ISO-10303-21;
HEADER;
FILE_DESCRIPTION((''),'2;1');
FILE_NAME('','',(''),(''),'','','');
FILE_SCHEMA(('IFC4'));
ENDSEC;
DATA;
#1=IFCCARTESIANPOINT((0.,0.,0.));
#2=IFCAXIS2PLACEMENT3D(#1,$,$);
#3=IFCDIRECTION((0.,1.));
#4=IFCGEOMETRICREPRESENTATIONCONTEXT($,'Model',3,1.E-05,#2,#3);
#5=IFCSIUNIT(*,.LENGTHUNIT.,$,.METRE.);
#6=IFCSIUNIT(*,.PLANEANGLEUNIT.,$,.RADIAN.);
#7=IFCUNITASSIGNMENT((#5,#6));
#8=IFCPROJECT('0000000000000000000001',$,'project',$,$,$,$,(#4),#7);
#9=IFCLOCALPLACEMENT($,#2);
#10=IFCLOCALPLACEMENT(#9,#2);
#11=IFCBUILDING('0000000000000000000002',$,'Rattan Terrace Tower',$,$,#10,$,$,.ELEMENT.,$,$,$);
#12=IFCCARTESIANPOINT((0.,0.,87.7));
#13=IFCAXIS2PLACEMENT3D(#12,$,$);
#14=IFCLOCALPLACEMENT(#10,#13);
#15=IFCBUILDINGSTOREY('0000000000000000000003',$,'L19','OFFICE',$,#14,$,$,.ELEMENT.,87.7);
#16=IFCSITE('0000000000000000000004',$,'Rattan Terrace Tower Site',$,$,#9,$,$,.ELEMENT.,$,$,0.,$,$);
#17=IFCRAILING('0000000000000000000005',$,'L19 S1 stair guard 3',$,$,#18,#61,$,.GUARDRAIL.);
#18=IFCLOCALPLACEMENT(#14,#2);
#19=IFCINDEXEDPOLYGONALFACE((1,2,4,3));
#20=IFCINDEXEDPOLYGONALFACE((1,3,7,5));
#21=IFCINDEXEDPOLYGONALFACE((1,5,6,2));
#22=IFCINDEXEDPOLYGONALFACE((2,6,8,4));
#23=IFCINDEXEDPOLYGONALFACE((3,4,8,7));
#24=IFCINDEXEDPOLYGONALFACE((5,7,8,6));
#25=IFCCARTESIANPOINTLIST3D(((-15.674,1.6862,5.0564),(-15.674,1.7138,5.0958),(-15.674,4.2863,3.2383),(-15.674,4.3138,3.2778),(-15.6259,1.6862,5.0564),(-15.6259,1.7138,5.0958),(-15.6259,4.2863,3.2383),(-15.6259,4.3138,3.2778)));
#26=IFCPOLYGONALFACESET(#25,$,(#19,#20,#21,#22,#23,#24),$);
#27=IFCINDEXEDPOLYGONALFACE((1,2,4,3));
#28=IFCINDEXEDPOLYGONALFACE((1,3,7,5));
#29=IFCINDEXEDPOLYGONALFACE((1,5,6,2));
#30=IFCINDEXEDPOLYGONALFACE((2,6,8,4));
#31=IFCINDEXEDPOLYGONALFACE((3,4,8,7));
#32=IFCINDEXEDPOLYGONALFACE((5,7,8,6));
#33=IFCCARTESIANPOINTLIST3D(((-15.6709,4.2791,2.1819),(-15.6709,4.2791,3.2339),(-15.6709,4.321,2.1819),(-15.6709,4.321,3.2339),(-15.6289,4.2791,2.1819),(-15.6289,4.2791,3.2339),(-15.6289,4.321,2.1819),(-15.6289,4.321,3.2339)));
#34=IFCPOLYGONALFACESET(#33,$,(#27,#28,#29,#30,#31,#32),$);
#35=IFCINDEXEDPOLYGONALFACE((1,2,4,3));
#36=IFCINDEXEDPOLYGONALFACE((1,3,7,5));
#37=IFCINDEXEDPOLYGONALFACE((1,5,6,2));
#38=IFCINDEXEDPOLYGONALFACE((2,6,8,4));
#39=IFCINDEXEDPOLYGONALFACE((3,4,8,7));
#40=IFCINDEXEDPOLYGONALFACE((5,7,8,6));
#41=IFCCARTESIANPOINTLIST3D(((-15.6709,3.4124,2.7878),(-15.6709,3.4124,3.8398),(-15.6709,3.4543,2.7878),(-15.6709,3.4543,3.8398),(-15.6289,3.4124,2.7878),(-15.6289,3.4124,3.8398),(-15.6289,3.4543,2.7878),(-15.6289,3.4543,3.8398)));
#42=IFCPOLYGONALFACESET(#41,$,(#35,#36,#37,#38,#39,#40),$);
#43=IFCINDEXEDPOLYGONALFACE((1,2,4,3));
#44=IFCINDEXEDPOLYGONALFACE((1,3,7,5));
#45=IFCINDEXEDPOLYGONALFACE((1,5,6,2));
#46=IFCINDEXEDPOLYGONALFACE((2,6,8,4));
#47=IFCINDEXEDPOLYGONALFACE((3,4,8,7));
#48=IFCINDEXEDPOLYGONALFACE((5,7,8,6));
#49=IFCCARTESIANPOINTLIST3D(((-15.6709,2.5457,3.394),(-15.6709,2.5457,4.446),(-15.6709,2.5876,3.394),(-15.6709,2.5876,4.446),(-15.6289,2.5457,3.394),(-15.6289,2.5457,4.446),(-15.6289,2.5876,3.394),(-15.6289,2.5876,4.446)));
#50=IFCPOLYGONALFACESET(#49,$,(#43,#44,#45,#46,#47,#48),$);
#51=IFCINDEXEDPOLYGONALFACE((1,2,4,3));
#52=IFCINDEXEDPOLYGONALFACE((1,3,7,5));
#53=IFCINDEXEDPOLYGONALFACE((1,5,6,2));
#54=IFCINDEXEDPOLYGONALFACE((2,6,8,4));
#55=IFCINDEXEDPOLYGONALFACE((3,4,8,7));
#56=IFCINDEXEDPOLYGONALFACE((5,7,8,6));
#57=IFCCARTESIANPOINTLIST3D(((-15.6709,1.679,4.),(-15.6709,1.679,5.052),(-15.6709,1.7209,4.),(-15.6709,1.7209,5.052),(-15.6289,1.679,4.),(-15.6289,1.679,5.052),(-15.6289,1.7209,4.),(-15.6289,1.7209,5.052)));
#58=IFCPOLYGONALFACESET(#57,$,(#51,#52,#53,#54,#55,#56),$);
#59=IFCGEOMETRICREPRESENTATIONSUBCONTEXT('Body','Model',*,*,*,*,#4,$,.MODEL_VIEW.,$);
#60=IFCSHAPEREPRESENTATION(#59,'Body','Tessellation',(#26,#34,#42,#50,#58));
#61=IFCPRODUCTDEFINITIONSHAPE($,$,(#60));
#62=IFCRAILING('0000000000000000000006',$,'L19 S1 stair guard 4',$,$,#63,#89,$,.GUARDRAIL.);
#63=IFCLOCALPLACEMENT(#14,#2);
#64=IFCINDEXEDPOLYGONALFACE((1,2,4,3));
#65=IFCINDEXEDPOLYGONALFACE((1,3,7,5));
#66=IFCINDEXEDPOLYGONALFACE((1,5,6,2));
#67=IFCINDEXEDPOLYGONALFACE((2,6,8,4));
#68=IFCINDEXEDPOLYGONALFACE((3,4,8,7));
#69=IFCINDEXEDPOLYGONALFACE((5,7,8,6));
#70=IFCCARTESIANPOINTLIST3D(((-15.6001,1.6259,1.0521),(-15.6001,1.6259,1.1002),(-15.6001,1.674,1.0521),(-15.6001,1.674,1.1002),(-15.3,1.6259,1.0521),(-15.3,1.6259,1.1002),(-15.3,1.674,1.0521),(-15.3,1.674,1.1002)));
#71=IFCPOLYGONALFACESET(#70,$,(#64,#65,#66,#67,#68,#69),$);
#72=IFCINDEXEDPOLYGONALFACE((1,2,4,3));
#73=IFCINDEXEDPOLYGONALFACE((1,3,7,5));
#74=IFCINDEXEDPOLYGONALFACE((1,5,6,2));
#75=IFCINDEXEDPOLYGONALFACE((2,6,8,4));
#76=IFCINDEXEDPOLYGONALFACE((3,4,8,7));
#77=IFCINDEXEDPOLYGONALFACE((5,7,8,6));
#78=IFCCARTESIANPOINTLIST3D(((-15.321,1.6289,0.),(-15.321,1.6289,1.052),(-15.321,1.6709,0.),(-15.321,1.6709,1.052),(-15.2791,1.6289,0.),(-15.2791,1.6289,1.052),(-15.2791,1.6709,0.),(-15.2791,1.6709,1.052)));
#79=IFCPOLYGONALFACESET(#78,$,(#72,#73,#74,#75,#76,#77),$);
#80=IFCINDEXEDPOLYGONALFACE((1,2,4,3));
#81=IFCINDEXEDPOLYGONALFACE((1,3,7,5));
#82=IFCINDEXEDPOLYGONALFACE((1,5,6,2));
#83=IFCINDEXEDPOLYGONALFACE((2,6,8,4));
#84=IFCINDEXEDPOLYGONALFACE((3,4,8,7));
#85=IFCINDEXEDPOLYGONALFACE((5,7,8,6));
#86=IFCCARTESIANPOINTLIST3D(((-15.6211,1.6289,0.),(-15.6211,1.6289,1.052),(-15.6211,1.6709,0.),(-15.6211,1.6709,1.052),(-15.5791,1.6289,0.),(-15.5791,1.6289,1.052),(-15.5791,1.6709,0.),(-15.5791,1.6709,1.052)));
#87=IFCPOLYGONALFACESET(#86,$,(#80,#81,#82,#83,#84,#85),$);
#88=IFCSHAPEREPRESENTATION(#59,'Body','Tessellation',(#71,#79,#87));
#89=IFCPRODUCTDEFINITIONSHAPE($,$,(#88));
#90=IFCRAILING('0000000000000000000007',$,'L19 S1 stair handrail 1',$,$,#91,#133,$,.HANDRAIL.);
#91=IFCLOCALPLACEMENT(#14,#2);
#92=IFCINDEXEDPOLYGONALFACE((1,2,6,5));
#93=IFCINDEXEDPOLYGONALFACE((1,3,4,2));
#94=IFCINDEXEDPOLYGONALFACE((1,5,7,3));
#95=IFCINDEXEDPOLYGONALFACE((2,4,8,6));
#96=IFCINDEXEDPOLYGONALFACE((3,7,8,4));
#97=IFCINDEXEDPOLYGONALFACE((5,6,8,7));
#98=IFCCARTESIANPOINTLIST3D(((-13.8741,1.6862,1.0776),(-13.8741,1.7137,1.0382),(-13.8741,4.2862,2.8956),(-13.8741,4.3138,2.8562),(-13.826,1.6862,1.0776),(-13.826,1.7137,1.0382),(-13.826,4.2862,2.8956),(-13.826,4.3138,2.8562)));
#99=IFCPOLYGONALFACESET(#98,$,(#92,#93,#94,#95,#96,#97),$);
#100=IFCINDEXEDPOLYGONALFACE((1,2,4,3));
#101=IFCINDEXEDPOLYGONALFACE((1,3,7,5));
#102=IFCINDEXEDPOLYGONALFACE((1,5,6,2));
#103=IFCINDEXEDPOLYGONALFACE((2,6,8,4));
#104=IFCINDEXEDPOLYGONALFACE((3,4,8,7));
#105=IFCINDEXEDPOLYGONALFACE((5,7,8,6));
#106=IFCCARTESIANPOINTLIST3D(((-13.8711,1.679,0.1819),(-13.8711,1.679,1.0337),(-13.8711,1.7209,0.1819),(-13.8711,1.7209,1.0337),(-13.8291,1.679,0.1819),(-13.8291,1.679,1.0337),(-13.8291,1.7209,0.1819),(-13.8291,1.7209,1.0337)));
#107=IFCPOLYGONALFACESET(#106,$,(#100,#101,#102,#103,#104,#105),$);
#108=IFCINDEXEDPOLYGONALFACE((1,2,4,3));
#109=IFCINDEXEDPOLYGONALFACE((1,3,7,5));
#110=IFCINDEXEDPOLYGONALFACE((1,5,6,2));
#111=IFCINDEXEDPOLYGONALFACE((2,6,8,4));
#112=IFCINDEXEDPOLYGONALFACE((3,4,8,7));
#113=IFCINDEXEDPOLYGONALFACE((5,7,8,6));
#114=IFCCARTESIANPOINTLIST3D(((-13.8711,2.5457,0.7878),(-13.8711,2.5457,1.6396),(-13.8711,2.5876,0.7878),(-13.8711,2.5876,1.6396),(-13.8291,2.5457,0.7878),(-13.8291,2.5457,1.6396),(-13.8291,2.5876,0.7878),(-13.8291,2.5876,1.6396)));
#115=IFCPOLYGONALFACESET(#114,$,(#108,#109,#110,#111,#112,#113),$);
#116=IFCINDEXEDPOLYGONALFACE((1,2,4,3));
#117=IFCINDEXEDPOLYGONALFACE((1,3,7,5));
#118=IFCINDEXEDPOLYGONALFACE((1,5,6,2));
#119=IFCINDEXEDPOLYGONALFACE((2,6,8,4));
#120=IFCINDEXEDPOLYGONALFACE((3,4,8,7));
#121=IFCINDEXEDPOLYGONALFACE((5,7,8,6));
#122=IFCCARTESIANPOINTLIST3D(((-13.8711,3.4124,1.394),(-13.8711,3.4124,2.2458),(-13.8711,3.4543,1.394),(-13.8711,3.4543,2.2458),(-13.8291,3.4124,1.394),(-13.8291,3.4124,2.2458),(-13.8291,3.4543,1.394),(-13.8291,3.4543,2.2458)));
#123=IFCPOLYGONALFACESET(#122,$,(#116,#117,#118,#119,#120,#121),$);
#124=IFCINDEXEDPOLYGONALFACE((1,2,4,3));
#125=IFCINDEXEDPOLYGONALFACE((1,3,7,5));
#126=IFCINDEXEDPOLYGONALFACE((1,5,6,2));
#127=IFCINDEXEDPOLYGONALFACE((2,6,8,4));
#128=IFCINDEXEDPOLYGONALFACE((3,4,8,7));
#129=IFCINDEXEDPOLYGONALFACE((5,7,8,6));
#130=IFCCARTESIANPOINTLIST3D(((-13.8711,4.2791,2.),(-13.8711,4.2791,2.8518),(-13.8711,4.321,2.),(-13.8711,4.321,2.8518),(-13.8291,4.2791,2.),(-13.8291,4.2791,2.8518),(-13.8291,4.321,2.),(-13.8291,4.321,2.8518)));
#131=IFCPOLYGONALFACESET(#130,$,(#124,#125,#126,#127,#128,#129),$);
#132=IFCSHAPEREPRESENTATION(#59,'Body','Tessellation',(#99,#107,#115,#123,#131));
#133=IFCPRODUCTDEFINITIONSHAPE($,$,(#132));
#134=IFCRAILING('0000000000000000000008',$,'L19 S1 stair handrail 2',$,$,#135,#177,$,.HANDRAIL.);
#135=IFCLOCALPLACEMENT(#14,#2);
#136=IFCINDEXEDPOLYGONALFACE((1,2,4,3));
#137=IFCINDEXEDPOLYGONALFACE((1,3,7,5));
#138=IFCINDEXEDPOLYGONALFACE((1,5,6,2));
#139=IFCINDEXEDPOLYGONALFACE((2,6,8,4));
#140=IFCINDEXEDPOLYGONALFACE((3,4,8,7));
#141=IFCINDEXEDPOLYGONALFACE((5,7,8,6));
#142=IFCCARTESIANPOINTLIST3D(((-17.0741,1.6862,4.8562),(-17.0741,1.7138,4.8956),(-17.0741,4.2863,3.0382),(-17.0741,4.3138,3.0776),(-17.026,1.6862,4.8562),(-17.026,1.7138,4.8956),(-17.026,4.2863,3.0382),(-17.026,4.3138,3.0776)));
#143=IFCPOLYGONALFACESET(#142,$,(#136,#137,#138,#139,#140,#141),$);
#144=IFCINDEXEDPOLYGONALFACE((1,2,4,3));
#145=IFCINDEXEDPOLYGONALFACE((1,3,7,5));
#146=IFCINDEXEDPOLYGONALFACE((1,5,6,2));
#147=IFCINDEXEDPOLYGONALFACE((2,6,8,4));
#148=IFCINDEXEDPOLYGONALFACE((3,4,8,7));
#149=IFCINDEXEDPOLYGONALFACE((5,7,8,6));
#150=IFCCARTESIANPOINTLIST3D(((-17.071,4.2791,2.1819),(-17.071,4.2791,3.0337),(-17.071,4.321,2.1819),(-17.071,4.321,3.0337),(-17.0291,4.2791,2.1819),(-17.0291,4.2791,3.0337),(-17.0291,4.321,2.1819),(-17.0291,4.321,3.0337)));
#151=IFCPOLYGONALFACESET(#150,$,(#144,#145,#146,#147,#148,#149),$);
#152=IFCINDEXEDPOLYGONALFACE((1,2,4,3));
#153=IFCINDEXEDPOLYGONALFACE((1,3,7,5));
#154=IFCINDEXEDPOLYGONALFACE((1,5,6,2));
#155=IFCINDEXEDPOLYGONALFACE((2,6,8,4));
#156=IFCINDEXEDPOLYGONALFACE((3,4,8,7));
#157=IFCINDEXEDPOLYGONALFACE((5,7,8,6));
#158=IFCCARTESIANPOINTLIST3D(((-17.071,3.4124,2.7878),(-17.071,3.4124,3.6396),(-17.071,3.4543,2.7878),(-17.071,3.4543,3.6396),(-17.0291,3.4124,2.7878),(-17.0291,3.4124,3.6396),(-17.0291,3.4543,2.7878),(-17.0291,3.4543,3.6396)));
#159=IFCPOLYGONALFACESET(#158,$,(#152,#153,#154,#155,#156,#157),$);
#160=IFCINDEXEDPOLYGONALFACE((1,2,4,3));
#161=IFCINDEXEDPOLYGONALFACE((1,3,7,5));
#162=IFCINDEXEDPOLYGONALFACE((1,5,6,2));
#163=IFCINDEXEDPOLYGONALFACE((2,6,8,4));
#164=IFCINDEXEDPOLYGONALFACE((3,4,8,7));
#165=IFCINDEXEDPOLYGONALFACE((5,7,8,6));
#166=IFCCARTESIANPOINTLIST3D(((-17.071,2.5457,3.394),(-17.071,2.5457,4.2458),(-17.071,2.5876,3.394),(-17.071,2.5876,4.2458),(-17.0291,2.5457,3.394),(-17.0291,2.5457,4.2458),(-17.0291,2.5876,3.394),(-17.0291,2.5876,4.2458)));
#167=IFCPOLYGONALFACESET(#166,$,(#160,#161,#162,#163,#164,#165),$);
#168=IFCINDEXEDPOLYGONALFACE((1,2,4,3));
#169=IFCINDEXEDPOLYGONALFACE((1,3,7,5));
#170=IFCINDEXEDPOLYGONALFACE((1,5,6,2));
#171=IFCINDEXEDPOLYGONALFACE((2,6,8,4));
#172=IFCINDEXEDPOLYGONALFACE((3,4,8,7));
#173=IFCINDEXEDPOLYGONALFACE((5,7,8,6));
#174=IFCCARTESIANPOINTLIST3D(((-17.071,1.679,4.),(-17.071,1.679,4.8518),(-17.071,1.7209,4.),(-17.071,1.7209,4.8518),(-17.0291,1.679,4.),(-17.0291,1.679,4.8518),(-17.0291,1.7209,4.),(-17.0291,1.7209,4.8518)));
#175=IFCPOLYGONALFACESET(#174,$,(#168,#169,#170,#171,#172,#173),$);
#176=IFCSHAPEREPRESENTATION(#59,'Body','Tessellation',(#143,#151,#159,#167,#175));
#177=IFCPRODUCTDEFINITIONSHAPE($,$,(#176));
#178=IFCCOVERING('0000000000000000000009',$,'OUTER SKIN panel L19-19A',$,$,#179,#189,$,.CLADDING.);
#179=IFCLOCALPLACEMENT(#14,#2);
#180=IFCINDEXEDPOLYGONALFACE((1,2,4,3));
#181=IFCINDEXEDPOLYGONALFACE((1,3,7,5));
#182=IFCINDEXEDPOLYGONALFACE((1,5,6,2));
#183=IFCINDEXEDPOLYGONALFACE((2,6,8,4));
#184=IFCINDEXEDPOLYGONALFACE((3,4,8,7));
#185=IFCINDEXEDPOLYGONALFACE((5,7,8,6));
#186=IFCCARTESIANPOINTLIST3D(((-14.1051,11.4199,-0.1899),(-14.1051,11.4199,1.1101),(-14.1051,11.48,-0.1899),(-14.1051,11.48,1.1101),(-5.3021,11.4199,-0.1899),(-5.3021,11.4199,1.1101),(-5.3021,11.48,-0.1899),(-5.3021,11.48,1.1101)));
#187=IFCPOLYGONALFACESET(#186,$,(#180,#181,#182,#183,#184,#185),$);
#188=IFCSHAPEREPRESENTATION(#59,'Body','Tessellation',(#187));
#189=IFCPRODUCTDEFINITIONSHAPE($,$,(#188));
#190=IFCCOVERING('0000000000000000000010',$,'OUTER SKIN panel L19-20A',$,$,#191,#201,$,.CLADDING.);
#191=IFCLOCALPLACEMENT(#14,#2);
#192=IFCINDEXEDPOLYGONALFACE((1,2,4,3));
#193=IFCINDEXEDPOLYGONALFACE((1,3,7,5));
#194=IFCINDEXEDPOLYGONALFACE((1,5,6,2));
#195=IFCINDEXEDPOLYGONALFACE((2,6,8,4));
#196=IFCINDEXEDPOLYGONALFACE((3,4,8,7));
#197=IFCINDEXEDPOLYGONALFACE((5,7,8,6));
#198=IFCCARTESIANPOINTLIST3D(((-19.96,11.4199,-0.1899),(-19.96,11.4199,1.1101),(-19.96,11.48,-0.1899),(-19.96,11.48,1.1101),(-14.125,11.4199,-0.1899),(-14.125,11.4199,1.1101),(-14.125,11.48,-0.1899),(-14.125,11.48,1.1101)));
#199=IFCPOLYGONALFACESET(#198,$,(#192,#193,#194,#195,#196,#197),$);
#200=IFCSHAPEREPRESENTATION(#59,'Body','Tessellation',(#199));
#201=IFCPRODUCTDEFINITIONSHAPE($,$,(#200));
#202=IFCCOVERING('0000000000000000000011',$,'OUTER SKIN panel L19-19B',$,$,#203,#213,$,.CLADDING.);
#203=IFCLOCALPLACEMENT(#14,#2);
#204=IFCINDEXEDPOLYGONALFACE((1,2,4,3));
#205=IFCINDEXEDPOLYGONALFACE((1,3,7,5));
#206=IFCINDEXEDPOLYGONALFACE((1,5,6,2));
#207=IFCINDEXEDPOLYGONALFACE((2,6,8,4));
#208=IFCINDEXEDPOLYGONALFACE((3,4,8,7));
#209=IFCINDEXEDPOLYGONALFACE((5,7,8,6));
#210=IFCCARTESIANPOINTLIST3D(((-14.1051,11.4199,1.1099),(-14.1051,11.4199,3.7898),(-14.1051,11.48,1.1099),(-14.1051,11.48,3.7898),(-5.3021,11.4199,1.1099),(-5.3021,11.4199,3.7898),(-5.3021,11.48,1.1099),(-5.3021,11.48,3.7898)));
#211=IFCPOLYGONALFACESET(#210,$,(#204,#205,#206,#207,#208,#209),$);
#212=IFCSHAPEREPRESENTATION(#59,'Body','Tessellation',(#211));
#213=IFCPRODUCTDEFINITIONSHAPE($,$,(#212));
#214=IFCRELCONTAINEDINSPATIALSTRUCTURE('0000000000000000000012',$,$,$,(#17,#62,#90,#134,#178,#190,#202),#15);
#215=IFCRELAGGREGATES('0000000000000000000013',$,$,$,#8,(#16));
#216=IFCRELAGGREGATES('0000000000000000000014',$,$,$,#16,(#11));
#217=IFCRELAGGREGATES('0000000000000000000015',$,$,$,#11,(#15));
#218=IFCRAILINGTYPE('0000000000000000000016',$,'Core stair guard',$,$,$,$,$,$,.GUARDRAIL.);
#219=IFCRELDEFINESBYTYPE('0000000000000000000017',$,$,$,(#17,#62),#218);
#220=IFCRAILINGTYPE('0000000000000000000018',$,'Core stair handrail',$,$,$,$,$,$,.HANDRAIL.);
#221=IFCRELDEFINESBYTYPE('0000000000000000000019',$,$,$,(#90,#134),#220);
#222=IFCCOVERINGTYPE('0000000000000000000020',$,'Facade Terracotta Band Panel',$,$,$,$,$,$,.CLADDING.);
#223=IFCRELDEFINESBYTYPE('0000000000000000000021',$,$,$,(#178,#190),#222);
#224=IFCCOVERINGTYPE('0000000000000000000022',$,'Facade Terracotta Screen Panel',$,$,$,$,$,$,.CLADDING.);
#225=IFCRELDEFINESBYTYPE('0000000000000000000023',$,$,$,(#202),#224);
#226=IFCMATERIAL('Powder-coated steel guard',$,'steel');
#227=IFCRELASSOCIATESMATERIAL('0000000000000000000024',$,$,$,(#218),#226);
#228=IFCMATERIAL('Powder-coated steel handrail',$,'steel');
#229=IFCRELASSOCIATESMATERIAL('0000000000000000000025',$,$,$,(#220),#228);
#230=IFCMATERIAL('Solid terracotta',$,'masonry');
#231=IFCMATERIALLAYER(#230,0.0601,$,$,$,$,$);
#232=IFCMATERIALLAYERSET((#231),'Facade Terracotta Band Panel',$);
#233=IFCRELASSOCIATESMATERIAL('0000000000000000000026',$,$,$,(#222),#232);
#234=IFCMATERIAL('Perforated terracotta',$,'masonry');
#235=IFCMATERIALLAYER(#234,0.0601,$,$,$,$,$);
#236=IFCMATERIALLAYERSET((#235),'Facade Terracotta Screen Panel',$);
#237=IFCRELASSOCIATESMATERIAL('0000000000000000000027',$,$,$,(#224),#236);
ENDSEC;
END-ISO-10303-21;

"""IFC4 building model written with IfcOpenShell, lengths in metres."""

from ifc_helpers import new_model, si_unit, direction, frame, origin, origin_2d, place, context, subcontext, project, spatial, rectangle, extrude, material, layer, layer_set, type_object, element, save


model = new_model("IFC4")

# Units and contexts
model_context = context("Model", 3, precision=1e-05, world=origin(), true_north=direction((0.0, 1.0)))
body_context = subcontext(model_context, "Body", "Model", "MODEL_VIEW")
ifc_project = project(units=[si_unit("LENGTHUNIT", "METRE"), si_unit("PLANEANGLEUNIT", "RADIAN")], contexts=[model_context])

# Site, building, storey
site_placement = place(None, origin())
site = spatial("IfcSite", under=ifc_project, at=site_placement, Name="Rattan Terrace Tower Site", CompositionType="ELEMENT", RefElevation=0.0)
building_placement = place(site_placement, origin())
building = spatial("IfcBuilding", under=site, at=building_placement, Name="Rattan Terrace Tower", CompositionType="ELEMENT")
storey_placement = place(building_placement, frame((0.0, 0.0, 87.7)))
storey = spatial("IfcBuildingStorey", under=building, at=storey_placement, Name="L19", Description="OFFICE", CompositionType="ELEMENT", Elevation=87.7)

# Railings
ifc_material_1 = material(Name="Powder-coated steel guard", Category="steel")
railing_type_1 = type_object("IfcRailingType", Name="Core stair guard", PredefinedType="GUARDRAIL", material=ifc_material_1)
railing_1_placement = place(storey_placement, frame((-15.6499, 4.3, 2.1819)))
element("IfcRailing", 1, at=railing_1_placement, inside=storey, type_object=railing_type_1, Name="L19 S1 stair guard 3", PredefinedType="GUARDRAIL", context=body_context, shape_type="SweptSolid", body=[
    extrude(rectangle(XDim=0.0481, YDim=0.0481, at=origin_2d()), frame((0.0, 0.0, 1.0762), z_axis=(0.0, -0.819521, 0.573049), x_axis=(1.0, 0.0, 0.0)), (0.0, 0.0, 1.0), 3.1726),
    extrude(rectangle(XDim=0.042, YDim=0.042, at=origin_2d()), origin(), (0.0, 0.0, 1.0), 1.052),
    extrude(rectangle(XDim=0.042, YDim=0.042, at=origin_2d()), frame((0.0, -0.8667, 0.606)), (0.0, 0.0, 1.0), 1.052),
    extrude(rectangle(XDim=0.042, YDim=0.042, at=origin_2d()), frame((0.0, -1.7334, 1.2122)), (0.0, 0.0, 1.0), 1.052),
    extrude(rectangle(XDim=0.042, YDim=0.042, at=origin_2d()), frame((0.0, -2.6001, 1.8181)), (0.0, 0.0, 1.0), 1.052),
])
railing_2_placement = place(storey_placement, frame((-15.3, 1.6499, 0.0)))
element("IfcRailing", 2, at=railing_2_placement, inside=storey, type_object=railing_type_1, Name="L19 S1 stair guard 4", PredefinedType="GUARDRAIL", context=body_context, shape_type="SweptSolid", body=[
    extrude(rectangle(XDim=0.0481, YDim=0.0481, at=origin_2d()), frame((0.0, 0.0, 1.0762), z_axis=(-1.0, 0.0, 0.0), x_axis=(0.0, -1.0, 0.0)), (0.0, 0.0, 1.0), 0.3),
    extrude(rectangle(XDim=0.042, YDim=0.042, at=origin_2d()), origin(), (0.0, 0.0, 1.0), 1.052),
    extrude(rectangle(XDim=0.042, YDim=0.042, at=origin_2d()), frame((-0.3, 0.0, 0.0)), (0.0, 0.0, 1.0), 1.052),
])
ifc_material_2 = material(Name="Powder-coated steel handrail", Category="steel")
railing_type_2 = type_object("IfcRailingType", Name="Core stair handrail", PredefinedType="HANDRAIL", material=ifc_material_2)
railing_3_placement = place(storey_placement, frame((-13.8501, 1.7, 0.1819)))
element("IfcRailing", 3, at=railing_3_placement, inside=storey, type_object=railing_type_2, Name="L19 S1 stair handrail 1", PredefinedType="HANDRAIL", context=body_context, shape_type="SweptSolid", body=[
    extrude(rectangle(XDim=0.0481, YDim=0.0481, at=origin_2d()), frame((0.0, 0.0, 0.876), z_axis=(0.0, 0.819521, 0.573049), x_axis=(-1.0, 0.0, 0.0)), (0.0, 0.0, 1.0), 3.1726),
    extrude(rectangle(XDim=0.042, YDim=0.042, at=origin_2d()), origin(), (0.0, 0.0, 1.0), 0.8518),
    extrude(rectangle(XDim=0.042, YDim=0.042, at=origin_2d()), frame((0.0, 0.8667, 0.606)), (0.0, 0.0, 1.0), 0.8518),
    extrude(rectangle(XDim=0.042, YDim=0.042, at=origin_2d()), frame((0.0, 1.7334, 1.2122)), (0.0, 0.0, 1.0), 0.8518),
    extrude(rectangle(XDim=0.042, YDim=0.042, at=origin_2d()), frame((0.0, 2.6001, 1.8181)), (0.0, 0.0, 1.0), 0.8518),
])
railing_4_placement = place(storey_placement, frame((-17.05, 4.3, 2.1819)))
element("IfcRailing", 4, at=railing_4_placement, inside=storey, type_object=railing_type_2, Name="L19 S1 stair handrail 2", PredefinedType="HANDRAIL", context=body_context, shape_type="SweptSolid", body=[
    extrude(rectangle(XDim=0.0481, YDim=0.0481, at=origin_2d()), frame((0.0, 0.0, 0.876), z_axis=(0.0, -0.819521, 0.573049), x_axis=(1.0, 0.0, 0.0)), (0.0, 0.0, 1.0), 3.1726),
    extrude(rectangle(XDim=0.042, YDim=0.042, at=origin_2d()), origin(), (0.0, 0.0, 1.0), 0.8518),
    extrude(rectangle(XDim=0.042, YDim=0.042, at=origin_2d()), frame((0.0, -0.8667, 0.606)), (0.0, 0.0, 1.0), 0.8518),
    extrude(rectangle(XDim=0.042, YDim=0.042, at=origin_2d()), frame((0.0, -1.7334, 1.2122)), (0.0, 0.0, 1.0), 0.8518),
    extrude(rectangle(XDim=0.042, YDim=0.042, at=origin_2d()), frame((0.0, -2.6001, 1.8181)), (0.0, 0.0, 1.0), 0.8518),
])

# Coverings
ifc_material_3 = material(Name="Solid terracotta", Category="masonry")
ifc_layer_1 = layer(ifc_material_3, 0.0601)
ifc_layer_set_1 = layer_set([ifc_layer_1], Name="Facade Terracotta Band Panel")
covering_type_1 = type_object("IfcCoveringType", Name="Facade Terracotta Band Panel", PredefinedType="CLADDING", material=ifc_layer_set_1)
covering_1_placement = place(storey_placement, frame((-9.7036, 11.45, -0.1899), z_axis=(0.0, 0.0, 1.0), x_axis=(-1.0, 0.0, 0.0)))
element("IfcCovering", 5, at=covering_1_placement, inside=storey, type_object=covering_type_1, Name="OUTER SKIN panel L19-19A", PredefinedType="CLADDING", context=body_context, shape_type="SweptSolid", body=[
    extrude(rectangle(XDim=8.803, YDim=0.0601, at=origin_2d()), origin(), (0.0, 0.0, 1.0), 1.3),
])
covering_2_placement = place(storey_placement, frame((-17.0425, 11.45, -0.1899), z_axis=(0.0, 0.0, 1.0), x_axis=(-1.0, 0.0, 0.0)))
element("IfcCovering", 6, at=covering_2_placement, inside=storey, type_object=covering_type_1, Name="OUTER SKIN panel L19-20A", PredefinedType="CLADDING", context=body_context, shape_type="SweptSolid", body=[
    extrude(rectangle(XDim=5.835, YDim=0.0601, at=origin_2d()), origin(), (0.0, 0.0, 1.0), 1.3),
])
ifc_material_4 = material(Name="Perforated terracotta", Category="masonry")
ifc_layer_2 = layer(ifc_material_4, 0.0601)
ifc_layer_set_2 = layer_set([ifc_layer_2], Name="Facade Terracotta Screen Panel")
covering_type_2 = type_object("IfcCoveringType", Name="Facade Terracotta Screen Panel", PredefinedType="CLADDING", material=ifc_layer_set_2)
covering_3_placement = place(storey_placement, frame((-9.7036, 11.45, 1.1099), z_axis=(0.0, 0.0, 1.0), x_axis=(-1.0, 0.0, 0.0)))
element("IfcCovering", 7, at=covering_3_placement, inside=storey, type_object=covering_type_2, Name="OUTER SKIN panel L19-19B", PredefinedType="CLADDING", context=body_context, shape_type="SweptSolid", body=[
    extrude(rectangle(XDim=8.803, YDim=0.0601, at=origin_2d()), origin(), (0.0, 0.0, 1.0), 2.6799),
])

save(model, "model.ifc")
